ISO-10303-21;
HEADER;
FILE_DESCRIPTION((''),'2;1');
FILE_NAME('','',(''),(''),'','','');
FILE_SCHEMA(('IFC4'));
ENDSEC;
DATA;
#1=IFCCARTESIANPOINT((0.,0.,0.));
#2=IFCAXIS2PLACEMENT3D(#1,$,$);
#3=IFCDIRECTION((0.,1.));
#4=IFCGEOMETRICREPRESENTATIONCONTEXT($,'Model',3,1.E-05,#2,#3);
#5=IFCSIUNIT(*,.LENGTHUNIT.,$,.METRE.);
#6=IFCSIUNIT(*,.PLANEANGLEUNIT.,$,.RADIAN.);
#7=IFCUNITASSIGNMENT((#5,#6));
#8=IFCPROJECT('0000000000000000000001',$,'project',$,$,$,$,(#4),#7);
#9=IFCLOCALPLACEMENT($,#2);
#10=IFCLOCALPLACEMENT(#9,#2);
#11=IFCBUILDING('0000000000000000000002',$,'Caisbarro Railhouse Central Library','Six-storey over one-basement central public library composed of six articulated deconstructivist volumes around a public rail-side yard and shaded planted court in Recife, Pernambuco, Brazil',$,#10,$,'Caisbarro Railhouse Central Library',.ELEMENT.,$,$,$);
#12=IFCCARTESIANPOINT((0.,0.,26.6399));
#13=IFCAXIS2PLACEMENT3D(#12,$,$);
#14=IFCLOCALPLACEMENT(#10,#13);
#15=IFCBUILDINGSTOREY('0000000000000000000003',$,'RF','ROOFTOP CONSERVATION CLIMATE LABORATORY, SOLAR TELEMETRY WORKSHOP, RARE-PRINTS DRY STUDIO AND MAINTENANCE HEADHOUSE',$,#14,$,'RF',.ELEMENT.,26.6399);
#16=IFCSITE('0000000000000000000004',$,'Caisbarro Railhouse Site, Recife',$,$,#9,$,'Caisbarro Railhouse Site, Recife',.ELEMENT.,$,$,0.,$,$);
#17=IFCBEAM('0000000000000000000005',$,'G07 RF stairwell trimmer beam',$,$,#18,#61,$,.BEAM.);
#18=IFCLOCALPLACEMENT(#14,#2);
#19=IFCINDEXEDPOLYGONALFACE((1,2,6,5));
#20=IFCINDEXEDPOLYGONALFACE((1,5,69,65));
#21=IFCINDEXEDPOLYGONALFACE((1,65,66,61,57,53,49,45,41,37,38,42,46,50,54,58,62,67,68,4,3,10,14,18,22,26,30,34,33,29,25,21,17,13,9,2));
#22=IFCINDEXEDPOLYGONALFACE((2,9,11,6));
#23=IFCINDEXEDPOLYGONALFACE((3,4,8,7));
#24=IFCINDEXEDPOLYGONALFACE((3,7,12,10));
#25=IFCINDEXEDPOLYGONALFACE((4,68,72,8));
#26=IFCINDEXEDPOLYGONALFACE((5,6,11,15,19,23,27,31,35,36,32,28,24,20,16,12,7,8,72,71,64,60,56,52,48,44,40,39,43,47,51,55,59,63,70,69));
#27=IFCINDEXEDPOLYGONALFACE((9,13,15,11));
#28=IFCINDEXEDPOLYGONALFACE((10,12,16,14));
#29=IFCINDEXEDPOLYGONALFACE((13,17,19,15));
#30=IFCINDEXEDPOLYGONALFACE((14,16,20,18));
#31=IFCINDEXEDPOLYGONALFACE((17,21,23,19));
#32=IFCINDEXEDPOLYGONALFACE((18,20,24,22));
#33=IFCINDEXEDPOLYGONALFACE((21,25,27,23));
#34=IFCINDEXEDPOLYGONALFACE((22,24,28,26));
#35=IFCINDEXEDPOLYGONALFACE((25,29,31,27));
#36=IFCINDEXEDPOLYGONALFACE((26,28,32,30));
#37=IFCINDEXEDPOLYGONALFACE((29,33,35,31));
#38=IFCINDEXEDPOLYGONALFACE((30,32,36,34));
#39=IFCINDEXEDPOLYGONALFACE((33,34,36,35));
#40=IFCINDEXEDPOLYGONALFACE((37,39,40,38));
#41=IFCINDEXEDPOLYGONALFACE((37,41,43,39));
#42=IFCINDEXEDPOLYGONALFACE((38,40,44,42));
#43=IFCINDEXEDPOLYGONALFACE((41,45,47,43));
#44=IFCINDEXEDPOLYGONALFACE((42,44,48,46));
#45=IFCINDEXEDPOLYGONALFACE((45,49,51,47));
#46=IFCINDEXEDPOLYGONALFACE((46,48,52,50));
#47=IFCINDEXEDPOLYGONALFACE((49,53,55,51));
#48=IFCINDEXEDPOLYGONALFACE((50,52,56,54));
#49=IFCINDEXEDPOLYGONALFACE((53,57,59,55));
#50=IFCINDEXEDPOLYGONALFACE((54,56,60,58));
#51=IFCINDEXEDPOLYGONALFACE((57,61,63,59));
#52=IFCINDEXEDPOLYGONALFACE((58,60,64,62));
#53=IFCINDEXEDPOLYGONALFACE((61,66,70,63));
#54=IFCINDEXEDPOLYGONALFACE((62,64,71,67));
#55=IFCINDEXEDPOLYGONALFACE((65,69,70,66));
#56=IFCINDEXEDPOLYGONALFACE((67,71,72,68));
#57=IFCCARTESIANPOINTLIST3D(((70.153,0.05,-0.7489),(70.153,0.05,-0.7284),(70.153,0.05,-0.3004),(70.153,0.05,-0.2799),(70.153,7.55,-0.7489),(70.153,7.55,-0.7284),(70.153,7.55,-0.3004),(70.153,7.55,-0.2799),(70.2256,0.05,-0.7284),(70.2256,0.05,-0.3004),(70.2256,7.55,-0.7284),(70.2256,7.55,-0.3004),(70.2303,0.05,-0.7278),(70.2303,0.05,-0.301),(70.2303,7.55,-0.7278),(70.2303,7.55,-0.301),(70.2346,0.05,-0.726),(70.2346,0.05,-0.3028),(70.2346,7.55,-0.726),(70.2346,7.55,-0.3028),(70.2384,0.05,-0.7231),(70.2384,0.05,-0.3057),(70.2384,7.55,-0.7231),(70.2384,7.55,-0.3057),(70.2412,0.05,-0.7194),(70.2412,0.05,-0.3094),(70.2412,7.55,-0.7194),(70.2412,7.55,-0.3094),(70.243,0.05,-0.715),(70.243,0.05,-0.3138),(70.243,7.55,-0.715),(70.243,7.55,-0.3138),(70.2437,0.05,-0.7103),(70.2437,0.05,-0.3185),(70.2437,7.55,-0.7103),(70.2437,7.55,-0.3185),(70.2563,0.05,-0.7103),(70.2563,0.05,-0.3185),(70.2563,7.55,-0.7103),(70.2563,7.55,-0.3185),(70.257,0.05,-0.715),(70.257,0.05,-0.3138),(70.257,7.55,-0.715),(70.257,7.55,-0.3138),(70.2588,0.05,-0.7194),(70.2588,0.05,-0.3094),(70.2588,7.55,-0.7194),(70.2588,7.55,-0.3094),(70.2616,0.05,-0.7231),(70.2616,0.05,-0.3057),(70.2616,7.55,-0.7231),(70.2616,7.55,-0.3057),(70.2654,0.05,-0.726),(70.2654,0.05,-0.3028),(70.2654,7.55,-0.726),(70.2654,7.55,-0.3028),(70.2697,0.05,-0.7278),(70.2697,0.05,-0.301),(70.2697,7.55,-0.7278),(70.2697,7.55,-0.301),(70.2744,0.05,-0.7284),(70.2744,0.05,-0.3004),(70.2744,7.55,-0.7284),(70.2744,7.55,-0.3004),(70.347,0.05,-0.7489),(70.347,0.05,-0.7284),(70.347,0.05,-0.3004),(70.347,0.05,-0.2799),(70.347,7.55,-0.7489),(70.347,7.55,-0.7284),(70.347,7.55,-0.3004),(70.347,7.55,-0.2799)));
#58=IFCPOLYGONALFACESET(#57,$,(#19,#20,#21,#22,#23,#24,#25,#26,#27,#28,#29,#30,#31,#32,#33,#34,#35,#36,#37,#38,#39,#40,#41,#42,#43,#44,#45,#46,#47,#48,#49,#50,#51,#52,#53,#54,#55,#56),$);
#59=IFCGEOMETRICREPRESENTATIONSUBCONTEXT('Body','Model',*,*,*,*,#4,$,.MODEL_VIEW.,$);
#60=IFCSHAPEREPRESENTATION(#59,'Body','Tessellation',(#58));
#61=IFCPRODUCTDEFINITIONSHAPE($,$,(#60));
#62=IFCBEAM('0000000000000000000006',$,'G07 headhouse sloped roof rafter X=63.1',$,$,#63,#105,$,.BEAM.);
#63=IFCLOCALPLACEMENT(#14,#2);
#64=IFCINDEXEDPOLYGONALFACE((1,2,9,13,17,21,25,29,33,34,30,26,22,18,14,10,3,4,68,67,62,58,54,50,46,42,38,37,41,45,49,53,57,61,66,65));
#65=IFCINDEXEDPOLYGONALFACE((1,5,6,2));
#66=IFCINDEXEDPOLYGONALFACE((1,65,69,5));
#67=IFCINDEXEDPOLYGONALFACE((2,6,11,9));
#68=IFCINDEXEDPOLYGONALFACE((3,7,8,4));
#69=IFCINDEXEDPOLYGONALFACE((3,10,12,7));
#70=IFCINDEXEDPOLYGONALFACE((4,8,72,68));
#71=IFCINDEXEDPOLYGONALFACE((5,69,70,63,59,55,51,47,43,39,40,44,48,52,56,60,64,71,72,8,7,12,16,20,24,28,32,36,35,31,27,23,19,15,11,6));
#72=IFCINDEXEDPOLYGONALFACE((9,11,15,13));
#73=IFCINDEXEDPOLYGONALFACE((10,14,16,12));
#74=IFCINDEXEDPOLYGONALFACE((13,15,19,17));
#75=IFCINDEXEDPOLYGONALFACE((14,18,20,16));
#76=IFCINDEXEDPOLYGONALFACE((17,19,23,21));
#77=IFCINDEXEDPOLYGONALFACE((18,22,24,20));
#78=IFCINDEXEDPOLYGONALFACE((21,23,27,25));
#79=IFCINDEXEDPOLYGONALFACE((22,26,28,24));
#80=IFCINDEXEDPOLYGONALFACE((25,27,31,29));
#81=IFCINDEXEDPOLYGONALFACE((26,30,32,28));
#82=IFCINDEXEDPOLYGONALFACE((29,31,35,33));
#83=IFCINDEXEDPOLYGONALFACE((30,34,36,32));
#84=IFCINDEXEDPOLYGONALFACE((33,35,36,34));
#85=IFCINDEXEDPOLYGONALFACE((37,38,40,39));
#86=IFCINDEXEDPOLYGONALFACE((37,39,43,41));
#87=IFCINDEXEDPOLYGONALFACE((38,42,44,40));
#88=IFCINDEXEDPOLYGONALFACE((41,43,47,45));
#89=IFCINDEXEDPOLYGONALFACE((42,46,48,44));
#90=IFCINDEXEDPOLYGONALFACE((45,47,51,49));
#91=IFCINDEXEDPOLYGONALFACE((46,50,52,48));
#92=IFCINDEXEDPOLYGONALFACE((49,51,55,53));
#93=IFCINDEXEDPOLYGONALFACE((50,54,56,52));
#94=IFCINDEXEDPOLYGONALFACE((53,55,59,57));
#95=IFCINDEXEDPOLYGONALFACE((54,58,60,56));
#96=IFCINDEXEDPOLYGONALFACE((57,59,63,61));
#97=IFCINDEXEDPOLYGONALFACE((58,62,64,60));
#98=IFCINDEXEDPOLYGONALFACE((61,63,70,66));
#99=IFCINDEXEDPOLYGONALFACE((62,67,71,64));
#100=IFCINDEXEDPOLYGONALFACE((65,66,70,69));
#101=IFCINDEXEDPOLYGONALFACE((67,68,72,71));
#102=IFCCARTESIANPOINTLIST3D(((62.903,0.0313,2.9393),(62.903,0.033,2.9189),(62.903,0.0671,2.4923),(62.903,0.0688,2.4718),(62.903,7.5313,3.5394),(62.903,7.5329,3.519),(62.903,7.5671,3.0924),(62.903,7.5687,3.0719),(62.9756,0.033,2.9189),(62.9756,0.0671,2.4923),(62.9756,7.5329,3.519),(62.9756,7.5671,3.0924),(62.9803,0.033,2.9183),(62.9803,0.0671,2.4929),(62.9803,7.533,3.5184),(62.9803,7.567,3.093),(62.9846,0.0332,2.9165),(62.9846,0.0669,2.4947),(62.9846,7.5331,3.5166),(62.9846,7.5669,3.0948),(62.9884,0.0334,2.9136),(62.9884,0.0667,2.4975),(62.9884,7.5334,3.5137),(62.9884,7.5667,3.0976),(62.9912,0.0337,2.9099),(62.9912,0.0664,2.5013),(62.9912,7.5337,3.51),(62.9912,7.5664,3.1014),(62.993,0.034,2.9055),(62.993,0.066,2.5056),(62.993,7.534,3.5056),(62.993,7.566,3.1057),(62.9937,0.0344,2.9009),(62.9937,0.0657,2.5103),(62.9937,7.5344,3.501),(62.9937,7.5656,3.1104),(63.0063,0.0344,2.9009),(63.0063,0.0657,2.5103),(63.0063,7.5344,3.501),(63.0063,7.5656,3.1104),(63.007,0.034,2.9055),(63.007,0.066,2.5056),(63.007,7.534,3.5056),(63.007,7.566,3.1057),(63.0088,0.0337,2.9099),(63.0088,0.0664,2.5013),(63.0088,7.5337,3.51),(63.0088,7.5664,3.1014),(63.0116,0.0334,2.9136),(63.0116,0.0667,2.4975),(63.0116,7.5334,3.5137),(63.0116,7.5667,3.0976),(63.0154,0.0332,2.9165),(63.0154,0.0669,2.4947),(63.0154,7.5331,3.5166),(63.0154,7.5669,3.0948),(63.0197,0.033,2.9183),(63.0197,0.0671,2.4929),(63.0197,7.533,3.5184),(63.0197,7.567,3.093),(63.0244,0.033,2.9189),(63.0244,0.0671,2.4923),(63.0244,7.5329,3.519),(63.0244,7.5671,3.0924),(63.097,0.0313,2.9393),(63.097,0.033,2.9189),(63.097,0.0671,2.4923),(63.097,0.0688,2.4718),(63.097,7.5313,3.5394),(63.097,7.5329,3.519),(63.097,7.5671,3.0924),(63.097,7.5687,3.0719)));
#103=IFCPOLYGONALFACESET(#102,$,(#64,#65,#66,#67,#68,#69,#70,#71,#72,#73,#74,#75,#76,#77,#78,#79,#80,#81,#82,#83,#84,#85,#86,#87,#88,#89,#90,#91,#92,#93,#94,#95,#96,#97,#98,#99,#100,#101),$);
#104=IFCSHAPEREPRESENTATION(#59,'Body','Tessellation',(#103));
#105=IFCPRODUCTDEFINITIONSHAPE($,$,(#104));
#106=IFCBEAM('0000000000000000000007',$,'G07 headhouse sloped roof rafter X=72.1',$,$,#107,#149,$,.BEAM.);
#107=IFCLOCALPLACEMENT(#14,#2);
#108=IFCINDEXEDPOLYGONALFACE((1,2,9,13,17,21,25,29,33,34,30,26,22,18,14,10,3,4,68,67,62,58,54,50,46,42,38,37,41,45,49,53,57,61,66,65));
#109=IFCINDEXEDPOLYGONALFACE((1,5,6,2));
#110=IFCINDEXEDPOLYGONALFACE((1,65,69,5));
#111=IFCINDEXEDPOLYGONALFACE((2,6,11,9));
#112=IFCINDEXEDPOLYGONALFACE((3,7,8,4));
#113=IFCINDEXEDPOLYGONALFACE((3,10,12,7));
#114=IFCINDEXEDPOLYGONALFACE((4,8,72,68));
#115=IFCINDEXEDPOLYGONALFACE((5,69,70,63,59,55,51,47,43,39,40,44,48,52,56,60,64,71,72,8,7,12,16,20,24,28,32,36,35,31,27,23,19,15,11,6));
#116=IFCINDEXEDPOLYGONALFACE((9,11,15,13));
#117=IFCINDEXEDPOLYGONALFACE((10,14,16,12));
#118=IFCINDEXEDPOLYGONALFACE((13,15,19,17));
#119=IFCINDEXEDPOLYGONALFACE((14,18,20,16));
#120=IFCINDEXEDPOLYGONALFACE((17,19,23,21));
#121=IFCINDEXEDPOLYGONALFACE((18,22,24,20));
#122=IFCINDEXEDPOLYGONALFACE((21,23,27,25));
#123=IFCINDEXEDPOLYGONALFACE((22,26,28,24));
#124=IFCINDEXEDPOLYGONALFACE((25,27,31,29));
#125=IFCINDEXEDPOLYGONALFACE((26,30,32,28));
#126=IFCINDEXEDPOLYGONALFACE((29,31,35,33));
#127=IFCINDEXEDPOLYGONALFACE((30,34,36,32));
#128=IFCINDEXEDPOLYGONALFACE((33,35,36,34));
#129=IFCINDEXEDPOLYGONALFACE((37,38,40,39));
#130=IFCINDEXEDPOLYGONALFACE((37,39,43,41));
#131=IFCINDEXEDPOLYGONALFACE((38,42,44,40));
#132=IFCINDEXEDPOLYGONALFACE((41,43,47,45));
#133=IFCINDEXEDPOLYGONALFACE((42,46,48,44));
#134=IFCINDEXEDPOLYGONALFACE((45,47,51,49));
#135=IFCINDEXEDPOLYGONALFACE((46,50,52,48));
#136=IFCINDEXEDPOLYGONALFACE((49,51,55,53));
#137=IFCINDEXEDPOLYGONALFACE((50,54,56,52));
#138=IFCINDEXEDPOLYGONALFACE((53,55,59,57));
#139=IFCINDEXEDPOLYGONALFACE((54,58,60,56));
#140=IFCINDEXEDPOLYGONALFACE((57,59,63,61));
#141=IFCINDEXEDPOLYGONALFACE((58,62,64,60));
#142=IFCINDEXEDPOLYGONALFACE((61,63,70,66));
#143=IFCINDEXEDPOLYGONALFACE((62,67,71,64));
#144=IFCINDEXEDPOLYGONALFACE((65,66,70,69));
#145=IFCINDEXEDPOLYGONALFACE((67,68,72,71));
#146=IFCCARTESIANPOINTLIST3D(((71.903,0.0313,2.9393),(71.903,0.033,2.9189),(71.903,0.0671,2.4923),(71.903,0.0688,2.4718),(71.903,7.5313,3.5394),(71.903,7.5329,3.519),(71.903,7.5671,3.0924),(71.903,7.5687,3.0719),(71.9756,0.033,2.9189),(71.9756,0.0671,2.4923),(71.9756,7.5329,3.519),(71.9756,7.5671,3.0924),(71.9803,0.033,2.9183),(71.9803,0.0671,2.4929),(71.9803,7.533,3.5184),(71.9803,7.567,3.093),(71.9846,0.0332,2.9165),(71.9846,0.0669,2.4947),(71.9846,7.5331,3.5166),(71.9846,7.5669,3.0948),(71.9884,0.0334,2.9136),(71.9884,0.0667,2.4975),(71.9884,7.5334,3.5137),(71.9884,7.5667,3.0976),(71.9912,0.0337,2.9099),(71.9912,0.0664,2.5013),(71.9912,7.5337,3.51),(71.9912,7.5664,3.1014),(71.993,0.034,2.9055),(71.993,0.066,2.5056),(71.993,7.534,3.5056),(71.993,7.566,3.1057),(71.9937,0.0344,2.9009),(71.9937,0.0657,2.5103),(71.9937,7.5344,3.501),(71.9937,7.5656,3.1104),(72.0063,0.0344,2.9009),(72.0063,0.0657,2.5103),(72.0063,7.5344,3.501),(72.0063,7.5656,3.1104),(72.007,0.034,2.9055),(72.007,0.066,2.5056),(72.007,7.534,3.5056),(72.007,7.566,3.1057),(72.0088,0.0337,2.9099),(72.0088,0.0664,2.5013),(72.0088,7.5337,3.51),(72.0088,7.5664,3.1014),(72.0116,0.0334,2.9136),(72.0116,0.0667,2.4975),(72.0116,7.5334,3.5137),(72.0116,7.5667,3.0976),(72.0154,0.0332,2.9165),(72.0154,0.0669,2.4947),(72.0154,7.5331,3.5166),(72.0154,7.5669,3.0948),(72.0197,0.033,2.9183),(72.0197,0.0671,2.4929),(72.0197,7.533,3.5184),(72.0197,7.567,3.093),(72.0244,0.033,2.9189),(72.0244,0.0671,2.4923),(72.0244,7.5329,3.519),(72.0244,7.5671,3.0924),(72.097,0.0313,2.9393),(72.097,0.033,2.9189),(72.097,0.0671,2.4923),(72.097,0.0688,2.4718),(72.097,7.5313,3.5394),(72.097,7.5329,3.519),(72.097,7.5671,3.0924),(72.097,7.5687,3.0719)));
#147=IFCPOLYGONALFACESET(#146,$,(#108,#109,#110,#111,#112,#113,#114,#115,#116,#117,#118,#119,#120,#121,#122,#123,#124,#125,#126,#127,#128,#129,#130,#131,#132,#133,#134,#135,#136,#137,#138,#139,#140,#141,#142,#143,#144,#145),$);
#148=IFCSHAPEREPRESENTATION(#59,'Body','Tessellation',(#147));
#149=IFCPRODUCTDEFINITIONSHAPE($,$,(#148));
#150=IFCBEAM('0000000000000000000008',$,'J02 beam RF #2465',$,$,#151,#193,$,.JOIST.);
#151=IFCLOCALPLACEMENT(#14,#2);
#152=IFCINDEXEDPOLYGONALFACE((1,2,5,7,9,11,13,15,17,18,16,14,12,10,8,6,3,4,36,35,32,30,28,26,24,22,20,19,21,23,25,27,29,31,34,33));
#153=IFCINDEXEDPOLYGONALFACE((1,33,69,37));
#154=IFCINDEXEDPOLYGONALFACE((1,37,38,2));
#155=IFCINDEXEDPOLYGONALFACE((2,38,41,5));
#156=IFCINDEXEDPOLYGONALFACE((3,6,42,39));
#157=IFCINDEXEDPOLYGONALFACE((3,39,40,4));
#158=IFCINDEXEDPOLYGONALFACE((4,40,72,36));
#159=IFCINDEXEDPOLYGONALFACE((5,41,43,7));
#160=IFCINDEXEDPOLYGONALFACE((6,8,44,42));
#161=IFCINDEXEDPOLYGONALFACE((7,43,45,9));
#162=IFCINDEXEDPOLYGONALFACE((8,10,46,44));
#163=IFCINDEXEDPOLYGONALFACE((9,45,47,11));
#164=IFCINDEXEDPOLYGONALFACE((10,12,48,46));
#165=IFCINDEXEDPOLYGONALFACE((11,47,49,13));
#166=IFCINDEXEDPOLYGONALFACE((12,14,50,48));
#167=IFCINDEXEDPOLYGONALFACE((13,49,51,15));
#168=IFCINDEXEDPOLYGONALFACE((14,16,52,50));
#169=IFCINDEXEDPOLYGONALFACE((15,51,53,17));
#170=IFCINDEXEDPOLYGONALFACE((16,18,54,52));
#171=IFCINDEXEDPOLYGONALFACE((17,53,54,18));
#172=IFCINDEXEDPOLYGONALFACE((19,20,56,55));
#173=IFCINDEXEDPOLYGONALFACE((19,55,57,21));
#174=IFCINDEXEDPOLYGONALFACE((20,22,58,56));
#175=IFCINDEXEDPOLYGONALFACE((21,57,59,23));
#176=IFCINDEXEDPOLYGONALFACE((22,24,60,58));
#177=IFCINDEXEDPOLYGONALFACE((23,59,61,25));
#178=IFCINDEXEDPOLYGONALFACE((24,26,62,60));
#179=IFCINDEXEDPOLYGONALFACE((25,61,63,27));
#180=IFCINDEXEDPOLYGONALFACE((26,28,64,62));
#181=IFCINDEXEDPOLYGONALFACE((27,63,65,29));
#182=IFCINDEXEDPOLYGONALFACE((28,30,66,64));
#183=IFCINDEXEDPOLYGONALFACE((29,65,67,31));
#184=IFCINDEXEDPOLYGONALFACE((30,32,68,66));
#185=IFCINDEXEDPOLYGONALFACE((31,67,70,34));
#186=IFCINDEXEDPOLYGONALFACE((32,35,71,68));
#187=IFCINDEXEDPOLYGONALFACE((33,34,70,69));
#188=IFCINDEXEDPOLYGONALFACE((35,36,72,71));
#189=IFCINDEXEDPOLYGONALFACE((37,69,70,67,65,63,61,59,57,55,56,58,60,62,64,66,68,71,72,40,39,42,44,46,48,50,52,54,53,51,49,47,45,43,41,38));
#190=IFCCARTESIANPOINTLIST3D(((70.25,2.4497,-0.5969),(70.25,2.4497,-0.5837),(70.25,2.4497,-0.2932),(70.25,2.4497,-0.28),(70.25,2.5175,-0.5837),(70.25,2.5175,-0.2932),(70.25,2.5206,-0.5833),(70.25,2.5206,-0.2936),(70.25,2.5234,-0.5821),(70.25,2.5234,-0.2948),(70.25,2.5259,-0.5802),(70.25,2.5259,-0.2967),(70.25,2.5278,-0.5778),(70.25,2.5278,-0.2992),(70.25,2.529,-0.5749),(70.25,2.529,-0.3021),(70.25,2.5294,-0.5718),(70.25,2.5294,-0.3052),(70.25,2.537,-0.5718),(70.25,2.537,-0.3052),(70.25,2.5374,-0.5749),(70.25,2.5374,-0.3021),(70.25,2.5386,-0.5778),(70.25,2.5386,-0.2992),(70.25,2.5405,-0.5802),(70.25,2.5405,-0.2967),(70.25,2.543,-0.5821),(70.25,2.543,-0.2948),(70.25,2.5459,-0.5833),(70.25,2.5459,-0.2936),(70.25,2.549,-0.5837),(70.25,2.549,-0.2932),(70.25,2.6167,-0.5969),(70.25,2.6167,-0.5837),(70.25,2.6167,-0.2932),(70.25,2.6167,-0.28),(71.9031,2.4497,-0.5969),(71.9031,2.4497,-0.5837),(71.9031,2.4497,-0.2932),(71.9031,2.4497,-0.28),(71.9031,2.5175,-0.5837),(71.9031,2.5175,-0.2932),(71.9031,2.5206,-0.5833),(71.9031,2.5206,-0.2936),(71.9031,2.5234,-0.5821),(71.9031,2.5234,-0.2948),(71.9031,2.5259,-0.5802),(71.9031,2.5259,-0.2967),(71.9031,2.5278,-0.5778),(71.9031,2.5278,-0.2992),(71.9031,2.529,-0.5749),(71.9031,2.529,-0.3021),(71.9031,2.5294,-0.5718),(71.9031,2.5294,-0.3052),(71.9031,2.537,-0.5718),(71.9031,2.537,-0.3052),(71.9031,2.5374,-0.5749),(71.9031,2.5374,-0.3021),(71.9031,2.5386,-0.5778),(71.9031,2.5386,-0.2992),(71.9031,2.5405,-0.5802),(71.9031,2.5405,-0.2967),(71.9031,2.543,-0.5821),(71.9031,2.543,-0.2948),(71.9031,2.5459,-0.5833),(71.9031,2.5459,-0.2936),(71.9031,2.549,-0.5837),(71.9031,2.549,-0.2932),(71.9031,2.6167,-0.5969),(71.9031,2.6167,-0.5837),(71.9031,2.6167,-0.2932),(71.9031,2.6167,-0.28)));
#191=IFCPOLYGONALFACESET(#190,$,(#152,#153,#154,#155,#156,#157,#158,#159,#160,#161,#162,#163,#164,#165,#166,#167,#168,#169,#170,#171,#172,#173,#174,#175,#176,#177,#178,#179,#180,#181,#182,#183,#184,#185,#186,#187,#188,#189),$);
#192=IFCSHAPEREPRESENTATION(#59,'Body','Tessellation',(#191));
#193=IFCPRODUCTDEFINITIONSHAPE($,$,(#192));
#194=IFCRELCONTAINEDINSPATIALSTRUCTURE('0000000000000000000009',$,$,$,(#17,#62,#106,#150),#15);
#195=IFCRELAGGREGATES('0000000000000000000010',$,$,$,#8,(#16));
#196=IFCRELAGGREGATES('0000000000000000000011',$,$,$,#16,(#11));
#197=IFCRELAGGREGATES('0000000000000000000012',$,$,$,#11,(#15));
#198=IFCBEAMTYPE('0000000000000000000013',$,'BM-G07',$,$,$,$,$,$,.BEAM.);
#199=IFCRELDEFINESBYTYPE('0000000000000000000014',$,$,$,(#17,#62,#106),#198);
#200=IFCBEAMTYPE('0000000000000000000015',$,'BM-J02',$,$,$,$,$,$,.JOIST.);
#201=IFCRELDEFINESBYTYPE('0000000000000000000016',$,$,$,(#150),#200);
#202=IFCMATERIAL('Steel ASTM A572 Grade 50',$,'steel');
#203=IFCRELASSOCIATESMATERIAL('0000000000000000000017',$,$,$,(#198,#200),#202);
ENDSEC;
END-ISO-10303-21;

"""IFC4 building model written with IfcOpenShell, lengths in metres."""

from ifc_helpers import new_model, si_unit, direction, frame, origin, origin_2d, place, context, subcontext, project, spatial, i_section, extrude, material, material_profile, profile_set, type_object, element, save


model = new_model("IFC4")

# Units and contexts
model_context = context("Model", 3, precision=1e-05, world=origin(), true_north=direction((0.0, 1.0)))
body_context = subcontext(model_context, "Body", "Model", "MODEL_VIEW")
ifc_project = project(units=[si_unit("LENGTHUNIT", "METRE"), si_unit("PLANEANGLEUNIT", "RADIAN")], contexts=[model_context])

# Site, building, storey
site_placement = place(None, origin())
site = spatial("IfcSite", under=ifc_project, at=site_placement, Name="Caisbarro Railhouse Site, Recife", LongName="Caisbarro Railhouse Site, Recife", CompositionType="ELEMENT", RefElevation=0.0)
building_placement = place(site_placement, origin())
building = spatial("IfcBuilding", under=site, at=building_placement, Name="Caisbarro Railhouse Central Library", Description="Six-storey over one-basement central public library composed of six articulated deconstructivist volumes around a public rail-side yard and shaded planted court in Recife, Pernambuco, Brazil", LongName="Caisbarro Railhouse Central Library", CompositionType="ELEMENT")
storey_placement = place(building_placement, frame((0.0, 0.0, 26.6399)))
storey = spatial("IfcBuildingStorey", under=building, at=storey_placement, Name="RF", Description="ROOFTOP CONSERVATION CLIMATE LABORATORY, SOLAR TELEMETRY WORKSHOP, RARE-PRINTS DRY STUDIO AND MAINTENANCE HEADHOUSE", LongName="RF", CompositionType="ELEMENT", Elevation=26.6399)

# Shared definitions
ifc_material_1 = material(Name="Steel ASTM A572 Grade 50", Category="steel")

# Beams
ifc_material_profile_1 = material_profile(ifc_material_1, i_section(OverallWidth=0.1941, OverallDepth=0.469, WebThickness=0.0127, FlangeThickness=0.0205, FilletRadius=0.0181, at=origin_2d()), Name="W460X106.0")
ifc_profile_set_1 = profile_set([ifc_material_profile_1], Name="Steel ASTM A572 Grade 50")
beam_type_1 = type_object("IfcBeamType", Name="BM-G07", PredefinedType="BEAM", material=ifc_profile_set_1)
beam_1_placement = place(storey_placement, frame((70.25, 0.05, -0.5144), z_axis=(0.0, 1.0, 0.0), x_axis=(-1.0, 0.0, 0.0)))
element("IfcBeam", 1, at=beam_1_placement, inside=storey, type_object=beam_type_1, Name="G07 RF stairwell trimmer beam", PredefinedType="BEAM", context=body_context, shape_type="SweptSolid", body=[
    extrude(i_section(OverallWidth=0.1941, OverallDepth=0.469, WebThickness=0.0127, FlangeThickness=0.0205, FilletRadius=0.0181, at=origin_2d()), origin(), (0.0, 0.0, 1.0), 7.5),
])
for number, where, z_axis, x_axis, name in (
    (2, (63.0, 0.05, 2.7056), (0.0, 0.996814, 0.079758), (-1.0, 0.0, 0.0), "G07 headhouse sloped roof rafter X=63.1"),
    (3, (72.0, 0.05, 2.7056), (0.0, 0.996814, 0.079758), (-1.0, 0.0, 0.0), "G07 headhouse sloped roof rafter X=72.1"),
):
    element("IfcBeam", number, at=place(storey_placement, frame(where, z_axis=z_axis, x_axis=x_axis)), inside=storey, type_object=beam_type_1, Name=name, PredefinedType="BEAM", context=body_context, shape_type="SweptSolid", body=[
        extrude(i_section(OverallWidth=0.1941, OverallDepth=0.469, WebThickness=0.0127, FlangeThickness=0.0205, FilletRadius=0.0181, at=origin_2d()), origin(), (0.0, 0.0, 1.0), 7.5239),
    ])
ifc_material_profile_2 = material_profile(ifc_material_1, i_section(OverallWidth=0.167, OverallDepth=0.3169, WebThickness=0.0076, FlangeThickness=0.0132, FilletRadius=0.012, at=origin_2d()), Name="W310X52.0")
ifc_profile_set_2 = profile_set([ifc_material_profile_2], Name="Steel ASTM A572 Grade 50")
beam_type_2 = type_object("IfcBeamType", Name="BM-J02", PredefinedType="JOIST", material=ifc_profile_set_2)
beam_2_placement = place(storey_placement, frame((70.25, 2.5332, -0.4385), z_axis=(1.0, 0.0, 0.0), x_axis=(0.0, 1.0, 0.0)))
element("IfcBeam", 4, at=beam_2_placement, inside=storey, type_object=beam_type_2, Name="J02 beam RF #2465", PredefinedType="JOIST", context=body_context, shape_type="SweptSolid", body=[
    extrude(i_section(OverallWidth=0.167, OverallDepth=0.3169, WebThickness=0.0076, FlangeThickness=0.0132, FilletRadius=0.012, at=origin_2d()), origin(), (0.0, 0.0, 1.0), 1.6531),
])

save(model, "model.ifc")
